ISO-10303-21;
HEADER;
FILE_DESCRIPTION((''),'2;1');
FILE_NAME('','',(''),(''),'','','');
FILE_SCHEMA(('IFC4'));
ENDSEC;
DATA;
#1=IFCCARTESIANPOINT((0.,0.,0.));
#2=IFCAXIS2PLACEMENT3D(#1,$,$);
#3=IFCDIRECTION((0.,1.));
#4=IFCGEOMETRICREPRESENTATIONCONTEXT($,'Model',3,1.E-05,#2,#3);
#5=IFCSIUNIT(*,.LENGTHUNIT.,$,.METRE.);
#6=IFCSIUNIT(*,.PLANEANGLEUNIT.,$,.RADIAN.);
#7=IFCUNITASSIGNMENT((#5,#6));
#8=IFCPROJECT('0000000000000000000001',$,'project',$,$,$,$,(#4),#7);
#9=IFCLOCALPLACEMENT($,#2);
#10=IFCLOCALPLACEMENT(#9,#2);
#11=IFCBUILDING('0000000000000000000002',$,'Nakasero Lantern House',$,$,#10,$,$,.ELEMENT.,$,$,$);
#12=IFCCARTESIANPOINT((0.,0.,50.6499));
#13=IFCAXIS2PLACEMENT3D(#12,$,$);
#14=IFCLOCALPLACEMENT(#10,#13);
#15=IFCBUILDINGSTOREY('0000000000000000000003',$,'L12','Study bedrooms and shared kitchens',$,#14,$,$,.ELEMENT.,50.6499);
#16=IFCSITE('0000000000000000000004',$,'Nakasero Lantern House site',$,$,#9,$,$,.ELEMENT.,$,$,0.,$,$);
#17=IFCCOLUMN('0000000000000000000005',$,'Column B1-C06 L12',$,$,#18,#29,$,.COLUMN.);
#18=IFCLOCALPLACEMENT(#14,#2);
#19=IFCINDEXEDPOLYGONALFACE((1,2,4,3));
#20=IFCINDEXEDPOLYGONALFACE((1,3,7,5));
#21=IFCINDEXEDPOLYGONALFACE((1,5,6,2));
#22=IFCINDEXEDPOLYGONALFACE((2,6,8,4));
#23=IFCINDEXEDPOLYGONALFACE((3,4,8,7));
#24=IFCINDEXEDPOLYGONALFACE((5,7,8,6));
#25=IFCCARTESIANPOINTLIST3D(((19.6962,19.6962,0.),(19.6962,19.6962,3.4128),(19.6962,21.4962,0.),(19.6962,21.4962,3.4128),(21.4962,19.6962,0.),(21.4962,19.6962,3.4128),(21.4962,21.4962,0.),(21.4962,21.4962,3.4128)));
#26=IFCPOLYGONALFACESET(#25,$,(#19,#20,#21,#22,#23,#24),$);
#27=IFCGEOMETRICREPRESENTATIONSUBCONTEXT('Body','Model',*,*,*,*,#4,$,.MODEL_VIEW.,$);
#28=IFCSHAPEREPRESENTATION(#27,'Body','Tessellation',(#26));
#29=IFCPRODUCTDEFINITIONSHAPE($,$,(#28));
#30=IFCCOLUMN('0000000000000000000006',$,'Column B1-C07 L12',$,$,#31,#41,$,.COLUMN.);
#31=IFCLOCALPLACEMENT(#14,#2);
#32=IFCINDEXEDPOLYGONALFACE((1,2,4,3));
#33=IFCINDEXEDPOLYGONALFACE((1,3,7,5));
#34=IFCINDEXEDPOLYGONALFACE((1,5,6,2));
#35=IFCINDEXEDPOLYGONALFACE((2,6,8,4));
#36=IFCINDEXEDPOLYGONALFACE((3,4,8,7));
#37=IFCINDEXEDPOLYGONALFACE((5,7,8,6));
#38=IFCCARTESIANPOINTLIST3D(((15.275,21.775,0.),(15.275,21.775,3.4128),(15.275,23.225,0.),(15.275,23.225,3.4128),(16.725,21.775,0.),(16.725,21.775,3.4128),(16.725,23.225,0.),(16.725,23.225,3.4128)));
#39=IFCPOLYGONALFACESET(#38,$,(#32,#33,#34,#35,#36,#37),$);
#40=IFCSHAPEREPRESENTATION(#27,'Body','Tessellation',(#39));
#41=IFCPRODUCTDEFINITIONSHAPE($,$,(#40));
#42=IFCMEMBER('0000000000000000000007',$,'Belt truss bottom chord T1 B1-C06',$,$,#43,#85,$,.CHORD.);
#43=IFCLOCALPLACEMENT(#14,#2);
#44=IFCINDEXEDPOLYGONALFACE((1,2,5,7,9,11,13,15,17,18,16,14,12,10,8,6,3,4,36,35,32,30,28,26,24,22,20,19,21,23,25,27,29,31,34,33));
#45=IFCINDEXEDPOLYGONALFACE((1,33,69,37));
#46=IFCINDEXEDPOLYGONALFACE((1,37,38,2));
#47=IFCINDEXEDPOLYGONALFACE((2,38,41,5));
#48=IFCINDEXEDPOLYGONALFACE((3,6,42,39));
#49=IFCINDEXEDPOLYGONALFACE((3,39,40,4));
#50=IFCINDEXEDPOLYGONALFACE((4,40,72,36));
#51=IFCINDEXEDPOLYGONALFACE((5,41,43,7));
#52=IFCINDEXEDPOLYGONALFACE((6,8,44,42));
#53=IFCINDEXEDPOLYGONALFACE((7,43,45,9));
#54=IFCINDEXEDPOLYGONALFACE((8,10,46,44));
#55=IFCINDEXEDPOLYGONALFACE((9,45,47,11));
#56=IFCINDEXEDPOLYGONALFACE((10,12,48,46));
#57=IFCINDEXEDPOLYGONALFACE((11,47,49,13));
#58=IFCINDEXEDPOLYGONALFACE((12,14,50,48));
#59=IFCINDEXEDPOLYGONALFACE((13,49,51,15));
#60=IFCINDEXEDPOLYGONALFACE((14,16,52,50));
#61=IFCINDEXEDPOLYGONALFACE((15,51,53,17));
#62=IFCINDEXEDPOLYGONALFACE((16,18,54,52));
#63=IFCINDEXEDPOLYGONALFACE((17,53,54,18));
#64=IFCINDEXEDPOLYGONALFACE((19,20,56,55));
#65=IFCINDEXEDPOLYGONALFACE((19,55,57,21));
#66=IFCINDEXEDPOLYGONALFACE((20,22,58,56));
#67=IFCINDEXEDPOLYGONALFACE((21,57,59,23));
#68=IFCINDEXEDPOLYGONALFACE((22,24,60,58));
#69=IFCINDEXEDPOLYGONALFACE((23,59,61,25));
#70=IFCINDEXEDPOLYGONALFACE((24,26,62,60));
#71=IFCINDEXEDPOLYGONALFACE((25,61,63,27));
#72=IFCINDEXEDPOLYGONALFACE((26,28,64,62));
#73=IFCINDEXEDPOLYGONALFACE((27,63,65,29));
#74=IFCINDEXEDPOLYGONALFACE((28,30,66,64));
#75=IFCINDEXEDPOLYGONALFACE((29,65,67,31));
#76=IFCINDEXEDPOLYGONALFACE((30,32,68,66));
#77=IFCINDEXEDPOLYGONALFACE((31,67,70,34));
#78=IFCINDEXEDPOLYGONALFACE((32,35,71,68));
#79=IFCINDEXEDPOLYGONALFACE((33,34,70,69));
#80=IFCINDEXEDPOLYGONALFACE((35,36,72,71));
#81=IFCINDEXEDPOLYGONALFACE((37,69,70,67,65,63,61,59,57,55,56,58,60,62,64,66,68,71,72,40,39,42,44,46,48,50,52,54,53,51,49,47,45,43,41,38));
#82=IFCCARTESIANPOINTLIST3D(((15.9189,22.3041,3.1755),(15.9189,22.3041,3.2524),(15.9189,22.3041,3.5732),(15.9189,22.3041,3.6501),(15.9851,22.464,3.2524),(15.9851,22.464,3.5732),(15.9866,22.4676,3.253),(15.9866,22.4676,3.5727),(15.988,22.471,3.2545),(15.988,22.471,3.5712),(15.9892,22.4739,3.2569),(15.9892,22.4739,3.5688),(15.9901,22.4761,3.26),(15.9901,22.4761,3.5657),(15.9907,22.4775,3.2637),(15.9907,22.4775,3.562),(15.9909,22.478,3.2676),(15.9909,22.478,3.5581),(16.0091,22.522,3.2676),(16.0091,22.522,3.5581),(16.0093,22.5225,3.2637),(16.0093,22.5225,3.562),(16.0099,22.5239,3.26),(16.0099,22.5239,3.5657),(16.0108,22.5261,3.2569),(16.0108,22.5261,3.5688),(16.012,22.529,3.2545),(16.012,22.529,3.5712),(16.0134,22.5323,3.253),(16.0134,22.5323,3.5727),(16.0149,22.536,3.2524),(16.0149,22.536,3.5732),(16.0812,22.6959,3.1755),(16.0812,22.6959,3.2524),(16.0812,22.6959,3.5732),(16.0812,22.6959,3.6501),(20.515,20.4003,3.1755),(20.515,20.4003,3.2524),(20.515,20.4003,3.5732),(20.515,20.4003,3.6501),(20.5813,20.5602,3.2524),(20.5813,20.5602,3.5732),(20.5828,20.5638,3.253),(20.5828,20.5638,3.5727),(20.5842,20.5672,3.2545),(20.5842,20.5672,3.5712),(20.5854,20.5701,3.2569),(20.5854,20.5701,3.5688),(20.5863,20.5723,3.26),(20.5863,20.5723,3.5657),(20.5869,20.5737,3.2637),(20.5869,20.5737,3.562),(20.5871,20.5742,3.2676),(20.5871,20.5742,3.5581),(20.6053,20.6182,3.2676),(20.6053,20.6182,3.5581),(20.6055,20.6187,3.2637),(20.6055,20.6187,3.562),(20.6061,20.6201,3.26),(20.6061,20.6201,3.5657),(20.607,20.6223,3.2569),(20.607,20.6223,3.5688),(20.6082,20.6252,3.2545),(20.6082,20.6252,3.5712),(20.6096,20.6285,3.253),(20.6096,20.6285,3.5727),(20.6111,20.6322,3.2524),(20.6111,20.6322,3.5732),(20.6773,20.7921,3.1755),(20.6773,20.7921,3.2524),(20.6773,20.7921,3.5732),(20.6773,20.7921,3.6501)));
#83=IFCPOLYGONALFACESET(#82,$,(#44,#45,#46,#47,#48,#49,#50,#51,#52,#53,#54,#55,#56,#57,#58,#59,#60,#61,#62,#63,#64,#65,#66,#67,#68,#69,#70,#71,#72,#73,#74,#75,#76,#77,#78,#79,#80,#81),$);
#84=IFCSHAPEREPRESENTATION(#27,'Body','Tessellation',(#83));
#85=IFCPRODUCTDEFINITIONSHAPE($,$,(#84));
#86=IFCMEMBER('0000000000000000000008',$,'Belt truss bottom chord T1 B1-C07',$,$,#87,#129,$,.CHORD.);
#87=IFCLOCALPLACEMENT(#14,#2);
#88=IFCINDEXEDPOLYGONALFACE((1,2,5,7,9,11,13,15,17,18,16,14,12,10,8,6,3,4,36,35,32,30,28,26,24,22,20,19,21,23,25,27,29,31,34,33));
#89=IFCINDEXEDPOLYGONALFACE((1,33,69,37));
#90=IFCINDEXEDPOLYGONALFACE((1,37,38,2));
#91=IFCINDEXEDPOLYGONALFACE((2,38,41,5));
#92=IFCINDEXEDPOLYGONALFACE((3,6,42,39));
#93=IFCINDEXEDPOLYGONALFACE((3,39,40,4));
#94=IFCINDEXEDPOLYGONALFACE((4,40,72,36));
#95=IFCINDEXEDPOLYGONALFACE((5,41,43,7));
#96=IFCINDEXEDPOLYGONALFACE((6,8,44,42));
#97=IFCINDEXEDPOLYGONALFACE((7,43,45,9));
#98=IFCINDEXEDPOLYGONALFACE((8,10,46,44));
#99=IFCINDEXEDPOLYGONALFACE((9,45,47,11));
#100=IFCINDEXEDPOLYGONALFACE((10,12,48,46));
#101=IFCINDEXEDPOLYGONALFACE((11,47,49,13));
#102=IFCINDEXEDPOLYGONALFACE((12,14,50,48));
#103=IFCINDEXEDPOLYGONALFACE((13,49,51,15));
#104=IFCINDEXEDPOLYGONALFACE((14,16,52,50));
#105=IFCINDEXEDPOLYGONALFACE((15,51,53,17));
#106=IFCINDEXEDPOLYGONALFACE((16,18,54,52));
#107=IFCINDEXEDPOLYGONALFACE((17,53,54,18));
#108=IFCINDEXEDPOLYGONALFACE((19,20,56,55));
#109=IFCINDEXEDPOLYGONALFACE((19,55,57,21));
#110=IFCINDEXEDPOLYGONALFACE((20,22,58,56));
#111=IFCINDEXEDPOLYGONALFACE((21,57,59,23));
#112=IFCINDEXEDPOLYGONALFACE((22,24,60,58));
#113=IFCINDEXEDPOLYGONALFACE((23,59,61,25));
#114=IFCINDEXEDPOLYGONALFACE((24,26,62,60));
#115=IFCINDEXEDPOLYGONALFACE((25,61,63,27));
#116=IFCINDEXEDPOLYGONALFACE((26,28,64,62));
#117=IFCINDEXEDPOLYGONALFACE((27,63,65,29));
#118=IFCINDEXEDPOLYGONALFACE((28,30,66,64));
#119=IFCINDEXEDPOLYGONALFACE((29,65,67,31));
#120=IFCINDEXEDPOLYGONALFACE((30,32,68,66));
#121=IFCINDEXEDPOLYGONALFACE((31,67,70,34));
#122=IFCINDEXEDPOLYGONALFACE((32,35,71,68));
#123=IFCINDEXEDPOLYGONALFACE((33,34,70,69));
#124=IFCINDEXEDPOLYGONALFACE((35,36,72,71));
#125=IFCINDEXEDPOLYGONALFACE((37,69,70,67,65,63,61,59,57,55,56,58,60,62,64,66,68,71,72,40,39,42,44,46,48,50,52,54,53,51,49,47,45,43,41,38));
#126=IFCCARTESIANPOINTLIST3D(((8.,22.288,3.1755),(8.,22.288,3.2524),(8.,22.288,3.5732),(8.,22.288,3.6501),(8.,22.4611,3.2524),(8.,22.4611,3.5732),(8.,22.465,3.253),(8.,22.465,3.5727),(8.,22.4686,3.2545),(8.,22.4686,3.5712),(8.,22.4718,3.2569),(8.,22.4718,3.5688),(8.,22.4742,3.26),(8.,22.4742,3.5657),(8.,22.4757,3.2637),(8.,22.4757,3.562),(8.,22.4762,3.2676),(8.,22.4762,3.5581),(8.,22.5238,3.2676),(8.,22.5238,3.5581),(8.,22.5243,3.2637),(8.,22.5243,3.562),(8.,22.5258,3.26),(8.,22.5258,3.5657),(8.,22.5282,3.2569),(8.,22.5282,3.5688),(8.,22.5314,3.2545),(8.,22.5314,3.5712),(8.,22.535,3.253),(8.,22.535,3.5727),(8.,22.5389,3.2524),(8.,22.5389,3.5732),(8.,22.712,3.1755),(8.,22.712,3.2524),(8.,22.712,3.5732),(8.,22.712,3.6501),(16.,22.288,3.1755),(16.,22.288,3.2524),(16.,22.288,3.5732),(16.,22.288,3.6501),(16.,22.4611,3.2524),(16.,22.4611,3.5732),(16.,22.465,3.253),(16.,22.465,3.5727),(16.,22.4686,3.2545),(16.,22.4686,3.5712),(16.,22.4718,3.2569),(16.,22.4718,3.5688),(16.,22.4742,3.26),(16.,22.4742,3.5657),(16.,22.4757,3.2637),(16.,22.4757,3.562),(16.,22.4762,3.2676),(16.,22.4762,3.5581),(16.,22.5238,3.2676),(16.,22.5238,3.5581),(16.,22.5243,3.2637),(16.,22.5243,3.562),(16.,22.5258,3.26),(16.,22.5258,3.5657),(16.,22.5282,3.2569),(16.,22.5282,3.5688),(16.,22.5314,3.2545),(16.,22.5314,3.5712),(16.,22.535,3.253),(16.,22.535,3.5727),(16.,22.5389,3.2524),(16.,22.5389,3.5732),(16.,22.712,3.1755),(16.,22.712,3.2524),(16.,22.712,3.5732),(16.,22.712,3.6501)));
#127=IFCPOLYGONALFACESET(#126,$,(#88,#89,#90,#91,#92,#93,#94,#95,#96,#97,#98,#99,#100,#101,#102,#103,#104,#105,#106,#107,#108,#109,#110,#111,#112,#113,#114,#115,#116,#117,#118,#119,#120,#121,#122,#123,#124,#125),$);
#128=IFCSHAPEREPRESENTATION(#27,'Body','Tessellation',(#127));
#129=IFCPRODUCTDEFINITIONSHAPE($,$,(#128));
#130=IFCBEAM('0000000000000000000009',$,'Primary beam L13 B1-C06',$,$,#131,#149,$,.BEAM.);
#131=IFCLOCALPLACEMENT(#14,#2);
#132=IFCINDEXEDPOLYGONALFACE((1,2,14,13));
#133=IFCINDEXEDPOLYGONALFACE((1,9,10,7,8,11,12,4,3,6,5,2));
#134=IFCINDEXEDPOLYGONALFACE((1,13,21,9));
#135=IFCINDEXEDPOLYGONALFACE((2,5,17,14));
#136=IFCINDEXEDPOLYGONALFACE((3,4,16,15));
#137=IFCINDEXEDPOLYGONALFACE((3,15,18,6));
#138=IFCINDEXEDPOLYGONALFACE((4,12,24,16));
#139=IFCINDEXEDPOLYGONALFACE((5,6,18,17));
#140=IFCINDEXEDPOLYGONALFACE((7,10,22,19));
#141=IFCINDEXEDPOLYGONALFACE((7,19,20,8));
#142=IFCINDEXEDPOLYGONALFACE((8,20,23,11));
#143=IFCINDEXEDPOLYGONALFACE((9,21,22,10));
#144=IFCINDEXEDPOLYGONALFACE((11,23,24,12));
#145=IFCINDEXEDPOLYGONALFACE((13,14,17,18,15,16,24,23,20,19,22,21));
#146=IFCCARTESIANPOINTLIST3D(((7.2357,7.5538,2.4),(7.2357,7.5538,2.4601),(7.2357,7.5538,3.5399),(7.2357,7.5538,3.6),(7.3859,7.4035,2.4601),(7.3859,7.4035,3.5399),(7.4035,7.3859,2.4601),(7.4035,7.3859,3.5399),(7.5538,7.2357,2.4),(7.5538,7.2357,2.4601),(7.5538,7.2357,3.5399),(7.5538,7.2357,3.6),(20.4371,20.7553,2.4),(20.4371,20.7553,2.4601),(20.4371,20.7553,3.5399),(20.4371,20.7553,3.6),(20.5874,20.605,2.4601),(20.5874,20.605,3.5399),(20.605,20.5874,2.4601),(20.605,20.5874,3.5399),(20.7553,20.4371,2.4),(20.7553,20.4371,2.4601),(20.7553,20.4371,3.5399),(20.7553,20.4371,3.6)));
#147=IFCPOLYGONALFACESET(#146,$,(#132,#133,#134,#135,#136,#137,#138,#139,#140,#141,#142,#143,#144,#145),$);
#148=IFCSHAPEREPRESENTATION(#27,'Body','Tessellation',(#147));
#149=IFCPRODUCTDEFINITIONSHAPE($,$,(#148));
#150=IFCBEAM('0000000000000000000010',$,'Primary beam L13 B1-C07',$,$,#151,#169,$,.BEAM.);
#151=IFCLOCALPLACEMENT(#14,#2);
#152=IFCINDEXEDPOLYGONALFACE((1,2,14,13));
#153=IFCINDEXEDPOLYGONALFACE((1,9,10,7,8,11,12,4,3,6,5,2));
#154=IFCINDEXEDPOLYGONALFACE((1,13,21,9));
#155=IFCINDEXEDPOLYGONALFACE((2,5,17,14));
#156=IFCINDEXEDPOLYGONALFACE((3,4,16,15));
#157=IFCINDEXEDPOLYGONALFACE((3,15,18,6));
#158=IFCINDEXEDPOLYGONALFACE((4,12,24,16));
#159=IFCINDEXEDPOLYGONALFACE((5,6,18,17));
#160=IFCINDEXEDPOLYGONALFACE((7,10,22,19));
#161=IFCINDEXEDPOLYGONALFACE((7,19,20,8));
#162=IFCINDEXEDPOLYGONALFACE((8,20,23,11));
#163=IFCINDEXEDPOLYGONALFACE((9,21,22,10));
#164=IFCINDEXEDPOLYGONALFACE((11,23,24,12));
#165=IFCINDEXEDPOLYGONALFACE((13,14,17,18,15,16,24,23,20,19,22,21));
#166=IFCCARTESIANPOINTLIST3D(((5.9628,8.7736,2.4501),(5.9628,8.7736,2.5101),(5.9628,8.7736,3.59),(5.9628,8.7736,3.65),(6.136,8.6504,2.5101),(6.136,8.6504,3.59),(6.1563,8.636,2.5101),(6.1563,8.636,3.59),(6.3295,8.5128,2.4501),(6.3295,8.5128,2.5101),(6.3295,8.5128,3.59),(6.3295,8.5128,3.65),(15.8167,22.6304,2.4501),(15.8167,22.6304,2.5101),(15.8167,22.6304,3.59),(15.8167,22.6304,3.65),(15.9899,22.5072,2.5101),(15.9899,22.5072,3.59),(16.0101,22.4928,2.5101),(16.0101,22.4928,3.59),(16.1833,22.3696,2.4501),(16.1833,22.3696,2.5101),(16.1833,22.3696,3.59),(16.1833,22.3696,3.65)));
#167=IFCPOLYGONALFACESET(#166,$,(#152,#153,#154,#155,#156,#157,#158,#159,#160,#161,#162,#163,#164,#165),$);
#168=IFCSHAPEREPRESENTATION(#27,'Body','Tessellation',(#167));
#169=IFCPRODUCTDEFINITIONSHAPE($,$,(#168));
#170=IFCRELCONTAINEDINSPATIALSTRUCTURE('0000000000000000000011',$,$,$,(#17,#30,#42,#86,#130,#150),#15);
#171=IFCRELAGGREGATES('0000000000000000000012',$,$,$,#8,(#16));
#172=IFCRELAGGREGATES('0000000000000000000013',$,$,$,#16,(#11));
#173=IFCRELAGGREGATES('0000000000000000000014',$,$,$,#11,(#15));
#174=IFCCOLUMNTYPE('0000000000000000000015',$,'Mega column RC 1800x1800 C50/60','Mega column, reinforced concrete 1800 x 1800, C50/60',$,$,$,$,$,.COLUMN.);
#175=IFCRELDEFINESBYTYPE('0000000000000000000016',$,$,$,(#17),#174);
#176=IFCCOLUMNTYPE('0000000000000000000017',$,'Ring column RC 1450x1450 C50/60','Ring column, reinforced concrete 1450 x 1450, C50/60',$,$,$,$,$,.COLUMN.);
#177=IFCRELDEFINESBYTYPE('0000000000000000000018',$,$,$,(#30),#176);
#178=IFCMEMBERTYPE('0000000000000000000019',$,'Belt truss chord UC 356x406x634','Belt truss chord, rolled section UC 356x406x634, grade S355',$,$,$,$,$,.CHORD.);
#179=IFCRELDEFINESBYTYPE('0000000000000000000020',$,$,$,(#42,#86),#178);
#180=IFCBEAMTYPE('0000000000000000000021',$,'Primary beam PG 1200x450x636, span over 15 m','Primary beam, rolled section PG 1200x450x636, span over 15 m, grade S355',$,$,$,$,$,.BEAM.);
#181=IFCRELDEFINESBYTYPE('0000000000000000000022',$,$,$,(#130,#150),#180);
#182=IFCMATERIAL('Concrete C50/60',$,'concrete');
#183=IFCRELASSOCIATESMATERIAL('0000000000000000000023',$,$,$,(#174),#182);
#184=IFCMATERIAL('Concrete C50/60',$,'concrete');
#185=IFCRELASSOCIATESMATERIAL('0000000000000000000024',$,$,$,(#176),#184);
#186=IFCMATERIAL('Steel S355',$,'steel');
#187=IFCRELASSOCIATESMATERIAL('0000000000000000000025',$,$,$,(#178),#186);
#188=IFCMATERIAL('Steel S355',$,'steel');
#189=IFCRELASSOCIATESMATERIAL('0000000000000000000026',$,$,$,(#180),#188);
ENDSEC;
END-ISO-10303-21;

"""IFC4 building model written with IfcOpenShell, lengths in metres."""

from ifc_helpers import new_model, si_unit, direction, frame, origin, origin_2d, place, context, subcontext, project, spatial, rectangle, i_section, extrude, material, material_profile, profile_set, type_object, element, save


model = new_model("IFC4")

# Units and contexts
model_context = context("Model", 3, precision=1e-05, world=origin(), true_north=direction((0.0, 1.0)))
body_context = subcontext(model_context, "Body", "Model", "MODEL_VIEW")
ifc_project = project(units=[si_unit("LENGTHUNIT", "METRE"), si_unit("PLANEANGLEUNIT", "RADIAN")], contexts=[model_context])

# Site, building, storey
site_placement = place(None, origin())
site = spatial("IfcSite", under=ifc_project, at=site_placement, Name="Nakasero Lantern House site", CompositionType="ELEMENT", RefElevation=0.0)
building_placement = place(site_placement, origin())
building = spatial("IfcBuilding", under=site, at=building_placement, Name="Nakasero Lantern House", CompositionType="ELEMENT")
storey_placement = place(building_placement, frame((0.0, 0.0, 50.6499)))
storey = spatial("IfcBuildingStorey", under=building, at=storey_placement, Name="L12", Description="Study bedrooms and shared kitchens", CompositionType="ELEMENT", Elevation=50.6499)

# Columns
ifc_material_1 = material(Name="Concrete C50/60", Category="concrete")
ifc_material_profile_1 = material_profile(ifc_material_1, rectangle(XDim=1.8, YDim=1.8, at=origin_2d()), Name="RC 1800x1800")
ifc_profile_set_1 = profile_set([ifc_material_profile_1], Name="Concrete C50/60")
column_type_1 = type_object("IfcColumnType", Name="Mega column RC 1800x1800 C50/60", Description="Mega column, reinforced concrete 1800 x 1800, C50/60", PredefinedType="COLUMN", material=ifc_profile_set_1)
column_1_placement = place(storey_placement, frame((20.5962, 20.5962, 0.0), z_axis=(0.0, 0.0, 1.0), x_axis=(1.0, 0.0, 0.0)))
element("IfcColumn", 1, at=column_1_placement, inside=storey, type_object=column_type_1, Name="Column B1-C06 L12", PredefinedType="COLUMN", context=body_context, shape_type="SweptSolid", body=[
    extrude(rectangle(XDim=1.8, YDim=1.8, at=origin_2d()), origin(), (0.0, 0.0, 1.0), 3.4128),
])
ifc_material_2 = material(Name="Concrete C50/60", Category="concrete")
ifc_material_profile_2 = material_profile(ifc_material_2, rectangle(XDim=1.45, YDim=1.45, at=origin_2d()), Name="RC 1450x1450")
ifc_profile_set_2 = profile_set([ifc_material_profile_2], Name="Concrete C50/60")
column_type_2 = type_object("IfcColumnType", Name="Ring column RC 1450x1450 C50/60", Description="Ring column, reinforced concrete 1450 x 1450, C50/60", PredefinedType="COLUMN", material=ifc_profile_set_2)
column_2_placement = place(storey_placement, frame((16.0, 22.5, 0.0), z_axis=(0.0, 0.0, 1.0), x_axis=(1.0, 0.0, 0.0)))
element("IfcColumn", 2, at=column_2_placement, inside=storey, type_object=column_type_2, Name="Column B1-C07 L12", PredefinedType="COLUMN", context=body_context, shape_type="SweptSolid", body=[
    extrude(rectangle(XDim=1.45, YDim=1.45, at=origin_2d()), origin(), (0.0, 0.0, 1.0), 3.4128),
])

# Members
ifc_material_3 = material(Name="Steel S355", Category="steel")
ifc_material_profile_3 = material_profile(ifc_material_3, i_section(OverallWidth=0.4241, OverallDepth=0.4746, WebThickness=0.0476, FlangeThickness=0.0769, FilletRadius=0.0151, at=origin_2d()), Name="UC 356x406x634")
ifc_profile_set_3 = profile_set([ifc_material_profile_3], Name="Steel S355")
member_type = type_object("IfcMemberType", Name="Belt truss chord UC 356x406x634", Description="Belt truss chord, rolled section UC 356x406x634, grade S355", PredefinedType="CHORD", material=ifc_profile_set_3)
member_1_placement = place(storey_placement, frame((20.5962, 20.5962, 3.4128), z_axis=(-0.923879, 0.382684, 0.0), x_axis=(-0.382684, -0.923879, 0.0)))
element("IfcMember", 3, at=member_1_placement, inside=storey, type_object=member_type, Name="Belt truss bottom chord T1 B1-C06", PredefinedType="CHORD", context=body_context, shape_type="SweptSolid", body=[
    extrude(i_section(OverallWidth=0.4241, OverallDepth=0.4746, WebThickness=0.0476, FlangeThickness=0.0769, FilletRadius=0.0151, at=origin_2d()), origin(), (0.0, 0.0, 1.0), 4.9749),
])
member_2_placement = place(storey_placement, frame((16.0, 22.5, 3.4128), z_axis=(-1.0, 0.0, 0.0), x_axis=(0.0, -1.0, 0.0)))
element("IfcMember", 4, at=member_2_placement, inside=storey, type_object=member_type, Name="Belt truss bottom chord T1 B1-C07", PredefinedType="CHORD", context=body_context, shape_type="SweptSolid", body=[
    extrude(i_section(OverallWidth=0.4241, OverallDepth=0.4746, WebThickness=0.0476, FlangeThickness=0.0769, FilletRadius=0.0151, at=origin_2d()), origin(), (0.0, 0.0, 1.0), 8.0),
])

# Beams
ifc_material_4 = material(Name="Steel S355", Category="steel")
ifc_material_profile_4 = material_profile(ifc_material_4, i_section(OverallWidth=0.45, OverallDepth=1.2, WebThickness=0.0249, FlangeThickness=0.0601, at=origin_2d()), Name="PG 1200x450x636")
ifc_profile_set_4 = profile_set([ifc_material_profile_4], Name="Steel S355")
beam_type = type_object("IfcBeamType", Name="Primary beam PG 1200x450x636, span over 15 m", Description="Primary beam, rolled section PG 1200x450x636, span over 15 m, grade S355", PredefinedType="BEAM", material=ifc_profile_set_4)
beam_1_placement = place(storey_placement, frame((20.5962, 20.5962, 3.0), z_axis=(-0.707107, -0.707107, 0.0), x_axis=(0.707107, -0.707107, 0.0)))
element("IfcBeam", 5, at=beam_1_placement, inside=storey, type_object=beam_type, Name="Primary beam L13 B1-C06", PredefinedType="BEAM", context=body_context, shape_type="SweptSolid", body=[
    extrude(i_section(OverallWidth=0.45, OverallDepth=1.2, WebThickness=0.0249, FlangeThickness=0.0601, at=origin_2d()), origin(), (0.0, 0.0, 1.0), 18.6697),
])
beam_2_placement = place(storey_placement, frame((16.0, 22.5, 3.05), z_axis=(-0.579528, -0.814952, 0.0), x_axis=(0.814952, -0.579528, 0.0)))
element("IfcBeam", 6, at=beam_2_placement, inside=storey, type_object=beam_type, Name="Primary beam L13 B1-C07", PredefinedType="BEAM", context=body_context, shape_type="SweptSolid", body=[
    extrude(i_section(OverallWidth=0.45, OverallDepth=1.2, WebThickness=0.0249, FlangeThickness=0.0601, at=origin_2d()), origin(), (0.0, 0.0, 1.0), 17.0032),
])

save(model, "model.ifc")
